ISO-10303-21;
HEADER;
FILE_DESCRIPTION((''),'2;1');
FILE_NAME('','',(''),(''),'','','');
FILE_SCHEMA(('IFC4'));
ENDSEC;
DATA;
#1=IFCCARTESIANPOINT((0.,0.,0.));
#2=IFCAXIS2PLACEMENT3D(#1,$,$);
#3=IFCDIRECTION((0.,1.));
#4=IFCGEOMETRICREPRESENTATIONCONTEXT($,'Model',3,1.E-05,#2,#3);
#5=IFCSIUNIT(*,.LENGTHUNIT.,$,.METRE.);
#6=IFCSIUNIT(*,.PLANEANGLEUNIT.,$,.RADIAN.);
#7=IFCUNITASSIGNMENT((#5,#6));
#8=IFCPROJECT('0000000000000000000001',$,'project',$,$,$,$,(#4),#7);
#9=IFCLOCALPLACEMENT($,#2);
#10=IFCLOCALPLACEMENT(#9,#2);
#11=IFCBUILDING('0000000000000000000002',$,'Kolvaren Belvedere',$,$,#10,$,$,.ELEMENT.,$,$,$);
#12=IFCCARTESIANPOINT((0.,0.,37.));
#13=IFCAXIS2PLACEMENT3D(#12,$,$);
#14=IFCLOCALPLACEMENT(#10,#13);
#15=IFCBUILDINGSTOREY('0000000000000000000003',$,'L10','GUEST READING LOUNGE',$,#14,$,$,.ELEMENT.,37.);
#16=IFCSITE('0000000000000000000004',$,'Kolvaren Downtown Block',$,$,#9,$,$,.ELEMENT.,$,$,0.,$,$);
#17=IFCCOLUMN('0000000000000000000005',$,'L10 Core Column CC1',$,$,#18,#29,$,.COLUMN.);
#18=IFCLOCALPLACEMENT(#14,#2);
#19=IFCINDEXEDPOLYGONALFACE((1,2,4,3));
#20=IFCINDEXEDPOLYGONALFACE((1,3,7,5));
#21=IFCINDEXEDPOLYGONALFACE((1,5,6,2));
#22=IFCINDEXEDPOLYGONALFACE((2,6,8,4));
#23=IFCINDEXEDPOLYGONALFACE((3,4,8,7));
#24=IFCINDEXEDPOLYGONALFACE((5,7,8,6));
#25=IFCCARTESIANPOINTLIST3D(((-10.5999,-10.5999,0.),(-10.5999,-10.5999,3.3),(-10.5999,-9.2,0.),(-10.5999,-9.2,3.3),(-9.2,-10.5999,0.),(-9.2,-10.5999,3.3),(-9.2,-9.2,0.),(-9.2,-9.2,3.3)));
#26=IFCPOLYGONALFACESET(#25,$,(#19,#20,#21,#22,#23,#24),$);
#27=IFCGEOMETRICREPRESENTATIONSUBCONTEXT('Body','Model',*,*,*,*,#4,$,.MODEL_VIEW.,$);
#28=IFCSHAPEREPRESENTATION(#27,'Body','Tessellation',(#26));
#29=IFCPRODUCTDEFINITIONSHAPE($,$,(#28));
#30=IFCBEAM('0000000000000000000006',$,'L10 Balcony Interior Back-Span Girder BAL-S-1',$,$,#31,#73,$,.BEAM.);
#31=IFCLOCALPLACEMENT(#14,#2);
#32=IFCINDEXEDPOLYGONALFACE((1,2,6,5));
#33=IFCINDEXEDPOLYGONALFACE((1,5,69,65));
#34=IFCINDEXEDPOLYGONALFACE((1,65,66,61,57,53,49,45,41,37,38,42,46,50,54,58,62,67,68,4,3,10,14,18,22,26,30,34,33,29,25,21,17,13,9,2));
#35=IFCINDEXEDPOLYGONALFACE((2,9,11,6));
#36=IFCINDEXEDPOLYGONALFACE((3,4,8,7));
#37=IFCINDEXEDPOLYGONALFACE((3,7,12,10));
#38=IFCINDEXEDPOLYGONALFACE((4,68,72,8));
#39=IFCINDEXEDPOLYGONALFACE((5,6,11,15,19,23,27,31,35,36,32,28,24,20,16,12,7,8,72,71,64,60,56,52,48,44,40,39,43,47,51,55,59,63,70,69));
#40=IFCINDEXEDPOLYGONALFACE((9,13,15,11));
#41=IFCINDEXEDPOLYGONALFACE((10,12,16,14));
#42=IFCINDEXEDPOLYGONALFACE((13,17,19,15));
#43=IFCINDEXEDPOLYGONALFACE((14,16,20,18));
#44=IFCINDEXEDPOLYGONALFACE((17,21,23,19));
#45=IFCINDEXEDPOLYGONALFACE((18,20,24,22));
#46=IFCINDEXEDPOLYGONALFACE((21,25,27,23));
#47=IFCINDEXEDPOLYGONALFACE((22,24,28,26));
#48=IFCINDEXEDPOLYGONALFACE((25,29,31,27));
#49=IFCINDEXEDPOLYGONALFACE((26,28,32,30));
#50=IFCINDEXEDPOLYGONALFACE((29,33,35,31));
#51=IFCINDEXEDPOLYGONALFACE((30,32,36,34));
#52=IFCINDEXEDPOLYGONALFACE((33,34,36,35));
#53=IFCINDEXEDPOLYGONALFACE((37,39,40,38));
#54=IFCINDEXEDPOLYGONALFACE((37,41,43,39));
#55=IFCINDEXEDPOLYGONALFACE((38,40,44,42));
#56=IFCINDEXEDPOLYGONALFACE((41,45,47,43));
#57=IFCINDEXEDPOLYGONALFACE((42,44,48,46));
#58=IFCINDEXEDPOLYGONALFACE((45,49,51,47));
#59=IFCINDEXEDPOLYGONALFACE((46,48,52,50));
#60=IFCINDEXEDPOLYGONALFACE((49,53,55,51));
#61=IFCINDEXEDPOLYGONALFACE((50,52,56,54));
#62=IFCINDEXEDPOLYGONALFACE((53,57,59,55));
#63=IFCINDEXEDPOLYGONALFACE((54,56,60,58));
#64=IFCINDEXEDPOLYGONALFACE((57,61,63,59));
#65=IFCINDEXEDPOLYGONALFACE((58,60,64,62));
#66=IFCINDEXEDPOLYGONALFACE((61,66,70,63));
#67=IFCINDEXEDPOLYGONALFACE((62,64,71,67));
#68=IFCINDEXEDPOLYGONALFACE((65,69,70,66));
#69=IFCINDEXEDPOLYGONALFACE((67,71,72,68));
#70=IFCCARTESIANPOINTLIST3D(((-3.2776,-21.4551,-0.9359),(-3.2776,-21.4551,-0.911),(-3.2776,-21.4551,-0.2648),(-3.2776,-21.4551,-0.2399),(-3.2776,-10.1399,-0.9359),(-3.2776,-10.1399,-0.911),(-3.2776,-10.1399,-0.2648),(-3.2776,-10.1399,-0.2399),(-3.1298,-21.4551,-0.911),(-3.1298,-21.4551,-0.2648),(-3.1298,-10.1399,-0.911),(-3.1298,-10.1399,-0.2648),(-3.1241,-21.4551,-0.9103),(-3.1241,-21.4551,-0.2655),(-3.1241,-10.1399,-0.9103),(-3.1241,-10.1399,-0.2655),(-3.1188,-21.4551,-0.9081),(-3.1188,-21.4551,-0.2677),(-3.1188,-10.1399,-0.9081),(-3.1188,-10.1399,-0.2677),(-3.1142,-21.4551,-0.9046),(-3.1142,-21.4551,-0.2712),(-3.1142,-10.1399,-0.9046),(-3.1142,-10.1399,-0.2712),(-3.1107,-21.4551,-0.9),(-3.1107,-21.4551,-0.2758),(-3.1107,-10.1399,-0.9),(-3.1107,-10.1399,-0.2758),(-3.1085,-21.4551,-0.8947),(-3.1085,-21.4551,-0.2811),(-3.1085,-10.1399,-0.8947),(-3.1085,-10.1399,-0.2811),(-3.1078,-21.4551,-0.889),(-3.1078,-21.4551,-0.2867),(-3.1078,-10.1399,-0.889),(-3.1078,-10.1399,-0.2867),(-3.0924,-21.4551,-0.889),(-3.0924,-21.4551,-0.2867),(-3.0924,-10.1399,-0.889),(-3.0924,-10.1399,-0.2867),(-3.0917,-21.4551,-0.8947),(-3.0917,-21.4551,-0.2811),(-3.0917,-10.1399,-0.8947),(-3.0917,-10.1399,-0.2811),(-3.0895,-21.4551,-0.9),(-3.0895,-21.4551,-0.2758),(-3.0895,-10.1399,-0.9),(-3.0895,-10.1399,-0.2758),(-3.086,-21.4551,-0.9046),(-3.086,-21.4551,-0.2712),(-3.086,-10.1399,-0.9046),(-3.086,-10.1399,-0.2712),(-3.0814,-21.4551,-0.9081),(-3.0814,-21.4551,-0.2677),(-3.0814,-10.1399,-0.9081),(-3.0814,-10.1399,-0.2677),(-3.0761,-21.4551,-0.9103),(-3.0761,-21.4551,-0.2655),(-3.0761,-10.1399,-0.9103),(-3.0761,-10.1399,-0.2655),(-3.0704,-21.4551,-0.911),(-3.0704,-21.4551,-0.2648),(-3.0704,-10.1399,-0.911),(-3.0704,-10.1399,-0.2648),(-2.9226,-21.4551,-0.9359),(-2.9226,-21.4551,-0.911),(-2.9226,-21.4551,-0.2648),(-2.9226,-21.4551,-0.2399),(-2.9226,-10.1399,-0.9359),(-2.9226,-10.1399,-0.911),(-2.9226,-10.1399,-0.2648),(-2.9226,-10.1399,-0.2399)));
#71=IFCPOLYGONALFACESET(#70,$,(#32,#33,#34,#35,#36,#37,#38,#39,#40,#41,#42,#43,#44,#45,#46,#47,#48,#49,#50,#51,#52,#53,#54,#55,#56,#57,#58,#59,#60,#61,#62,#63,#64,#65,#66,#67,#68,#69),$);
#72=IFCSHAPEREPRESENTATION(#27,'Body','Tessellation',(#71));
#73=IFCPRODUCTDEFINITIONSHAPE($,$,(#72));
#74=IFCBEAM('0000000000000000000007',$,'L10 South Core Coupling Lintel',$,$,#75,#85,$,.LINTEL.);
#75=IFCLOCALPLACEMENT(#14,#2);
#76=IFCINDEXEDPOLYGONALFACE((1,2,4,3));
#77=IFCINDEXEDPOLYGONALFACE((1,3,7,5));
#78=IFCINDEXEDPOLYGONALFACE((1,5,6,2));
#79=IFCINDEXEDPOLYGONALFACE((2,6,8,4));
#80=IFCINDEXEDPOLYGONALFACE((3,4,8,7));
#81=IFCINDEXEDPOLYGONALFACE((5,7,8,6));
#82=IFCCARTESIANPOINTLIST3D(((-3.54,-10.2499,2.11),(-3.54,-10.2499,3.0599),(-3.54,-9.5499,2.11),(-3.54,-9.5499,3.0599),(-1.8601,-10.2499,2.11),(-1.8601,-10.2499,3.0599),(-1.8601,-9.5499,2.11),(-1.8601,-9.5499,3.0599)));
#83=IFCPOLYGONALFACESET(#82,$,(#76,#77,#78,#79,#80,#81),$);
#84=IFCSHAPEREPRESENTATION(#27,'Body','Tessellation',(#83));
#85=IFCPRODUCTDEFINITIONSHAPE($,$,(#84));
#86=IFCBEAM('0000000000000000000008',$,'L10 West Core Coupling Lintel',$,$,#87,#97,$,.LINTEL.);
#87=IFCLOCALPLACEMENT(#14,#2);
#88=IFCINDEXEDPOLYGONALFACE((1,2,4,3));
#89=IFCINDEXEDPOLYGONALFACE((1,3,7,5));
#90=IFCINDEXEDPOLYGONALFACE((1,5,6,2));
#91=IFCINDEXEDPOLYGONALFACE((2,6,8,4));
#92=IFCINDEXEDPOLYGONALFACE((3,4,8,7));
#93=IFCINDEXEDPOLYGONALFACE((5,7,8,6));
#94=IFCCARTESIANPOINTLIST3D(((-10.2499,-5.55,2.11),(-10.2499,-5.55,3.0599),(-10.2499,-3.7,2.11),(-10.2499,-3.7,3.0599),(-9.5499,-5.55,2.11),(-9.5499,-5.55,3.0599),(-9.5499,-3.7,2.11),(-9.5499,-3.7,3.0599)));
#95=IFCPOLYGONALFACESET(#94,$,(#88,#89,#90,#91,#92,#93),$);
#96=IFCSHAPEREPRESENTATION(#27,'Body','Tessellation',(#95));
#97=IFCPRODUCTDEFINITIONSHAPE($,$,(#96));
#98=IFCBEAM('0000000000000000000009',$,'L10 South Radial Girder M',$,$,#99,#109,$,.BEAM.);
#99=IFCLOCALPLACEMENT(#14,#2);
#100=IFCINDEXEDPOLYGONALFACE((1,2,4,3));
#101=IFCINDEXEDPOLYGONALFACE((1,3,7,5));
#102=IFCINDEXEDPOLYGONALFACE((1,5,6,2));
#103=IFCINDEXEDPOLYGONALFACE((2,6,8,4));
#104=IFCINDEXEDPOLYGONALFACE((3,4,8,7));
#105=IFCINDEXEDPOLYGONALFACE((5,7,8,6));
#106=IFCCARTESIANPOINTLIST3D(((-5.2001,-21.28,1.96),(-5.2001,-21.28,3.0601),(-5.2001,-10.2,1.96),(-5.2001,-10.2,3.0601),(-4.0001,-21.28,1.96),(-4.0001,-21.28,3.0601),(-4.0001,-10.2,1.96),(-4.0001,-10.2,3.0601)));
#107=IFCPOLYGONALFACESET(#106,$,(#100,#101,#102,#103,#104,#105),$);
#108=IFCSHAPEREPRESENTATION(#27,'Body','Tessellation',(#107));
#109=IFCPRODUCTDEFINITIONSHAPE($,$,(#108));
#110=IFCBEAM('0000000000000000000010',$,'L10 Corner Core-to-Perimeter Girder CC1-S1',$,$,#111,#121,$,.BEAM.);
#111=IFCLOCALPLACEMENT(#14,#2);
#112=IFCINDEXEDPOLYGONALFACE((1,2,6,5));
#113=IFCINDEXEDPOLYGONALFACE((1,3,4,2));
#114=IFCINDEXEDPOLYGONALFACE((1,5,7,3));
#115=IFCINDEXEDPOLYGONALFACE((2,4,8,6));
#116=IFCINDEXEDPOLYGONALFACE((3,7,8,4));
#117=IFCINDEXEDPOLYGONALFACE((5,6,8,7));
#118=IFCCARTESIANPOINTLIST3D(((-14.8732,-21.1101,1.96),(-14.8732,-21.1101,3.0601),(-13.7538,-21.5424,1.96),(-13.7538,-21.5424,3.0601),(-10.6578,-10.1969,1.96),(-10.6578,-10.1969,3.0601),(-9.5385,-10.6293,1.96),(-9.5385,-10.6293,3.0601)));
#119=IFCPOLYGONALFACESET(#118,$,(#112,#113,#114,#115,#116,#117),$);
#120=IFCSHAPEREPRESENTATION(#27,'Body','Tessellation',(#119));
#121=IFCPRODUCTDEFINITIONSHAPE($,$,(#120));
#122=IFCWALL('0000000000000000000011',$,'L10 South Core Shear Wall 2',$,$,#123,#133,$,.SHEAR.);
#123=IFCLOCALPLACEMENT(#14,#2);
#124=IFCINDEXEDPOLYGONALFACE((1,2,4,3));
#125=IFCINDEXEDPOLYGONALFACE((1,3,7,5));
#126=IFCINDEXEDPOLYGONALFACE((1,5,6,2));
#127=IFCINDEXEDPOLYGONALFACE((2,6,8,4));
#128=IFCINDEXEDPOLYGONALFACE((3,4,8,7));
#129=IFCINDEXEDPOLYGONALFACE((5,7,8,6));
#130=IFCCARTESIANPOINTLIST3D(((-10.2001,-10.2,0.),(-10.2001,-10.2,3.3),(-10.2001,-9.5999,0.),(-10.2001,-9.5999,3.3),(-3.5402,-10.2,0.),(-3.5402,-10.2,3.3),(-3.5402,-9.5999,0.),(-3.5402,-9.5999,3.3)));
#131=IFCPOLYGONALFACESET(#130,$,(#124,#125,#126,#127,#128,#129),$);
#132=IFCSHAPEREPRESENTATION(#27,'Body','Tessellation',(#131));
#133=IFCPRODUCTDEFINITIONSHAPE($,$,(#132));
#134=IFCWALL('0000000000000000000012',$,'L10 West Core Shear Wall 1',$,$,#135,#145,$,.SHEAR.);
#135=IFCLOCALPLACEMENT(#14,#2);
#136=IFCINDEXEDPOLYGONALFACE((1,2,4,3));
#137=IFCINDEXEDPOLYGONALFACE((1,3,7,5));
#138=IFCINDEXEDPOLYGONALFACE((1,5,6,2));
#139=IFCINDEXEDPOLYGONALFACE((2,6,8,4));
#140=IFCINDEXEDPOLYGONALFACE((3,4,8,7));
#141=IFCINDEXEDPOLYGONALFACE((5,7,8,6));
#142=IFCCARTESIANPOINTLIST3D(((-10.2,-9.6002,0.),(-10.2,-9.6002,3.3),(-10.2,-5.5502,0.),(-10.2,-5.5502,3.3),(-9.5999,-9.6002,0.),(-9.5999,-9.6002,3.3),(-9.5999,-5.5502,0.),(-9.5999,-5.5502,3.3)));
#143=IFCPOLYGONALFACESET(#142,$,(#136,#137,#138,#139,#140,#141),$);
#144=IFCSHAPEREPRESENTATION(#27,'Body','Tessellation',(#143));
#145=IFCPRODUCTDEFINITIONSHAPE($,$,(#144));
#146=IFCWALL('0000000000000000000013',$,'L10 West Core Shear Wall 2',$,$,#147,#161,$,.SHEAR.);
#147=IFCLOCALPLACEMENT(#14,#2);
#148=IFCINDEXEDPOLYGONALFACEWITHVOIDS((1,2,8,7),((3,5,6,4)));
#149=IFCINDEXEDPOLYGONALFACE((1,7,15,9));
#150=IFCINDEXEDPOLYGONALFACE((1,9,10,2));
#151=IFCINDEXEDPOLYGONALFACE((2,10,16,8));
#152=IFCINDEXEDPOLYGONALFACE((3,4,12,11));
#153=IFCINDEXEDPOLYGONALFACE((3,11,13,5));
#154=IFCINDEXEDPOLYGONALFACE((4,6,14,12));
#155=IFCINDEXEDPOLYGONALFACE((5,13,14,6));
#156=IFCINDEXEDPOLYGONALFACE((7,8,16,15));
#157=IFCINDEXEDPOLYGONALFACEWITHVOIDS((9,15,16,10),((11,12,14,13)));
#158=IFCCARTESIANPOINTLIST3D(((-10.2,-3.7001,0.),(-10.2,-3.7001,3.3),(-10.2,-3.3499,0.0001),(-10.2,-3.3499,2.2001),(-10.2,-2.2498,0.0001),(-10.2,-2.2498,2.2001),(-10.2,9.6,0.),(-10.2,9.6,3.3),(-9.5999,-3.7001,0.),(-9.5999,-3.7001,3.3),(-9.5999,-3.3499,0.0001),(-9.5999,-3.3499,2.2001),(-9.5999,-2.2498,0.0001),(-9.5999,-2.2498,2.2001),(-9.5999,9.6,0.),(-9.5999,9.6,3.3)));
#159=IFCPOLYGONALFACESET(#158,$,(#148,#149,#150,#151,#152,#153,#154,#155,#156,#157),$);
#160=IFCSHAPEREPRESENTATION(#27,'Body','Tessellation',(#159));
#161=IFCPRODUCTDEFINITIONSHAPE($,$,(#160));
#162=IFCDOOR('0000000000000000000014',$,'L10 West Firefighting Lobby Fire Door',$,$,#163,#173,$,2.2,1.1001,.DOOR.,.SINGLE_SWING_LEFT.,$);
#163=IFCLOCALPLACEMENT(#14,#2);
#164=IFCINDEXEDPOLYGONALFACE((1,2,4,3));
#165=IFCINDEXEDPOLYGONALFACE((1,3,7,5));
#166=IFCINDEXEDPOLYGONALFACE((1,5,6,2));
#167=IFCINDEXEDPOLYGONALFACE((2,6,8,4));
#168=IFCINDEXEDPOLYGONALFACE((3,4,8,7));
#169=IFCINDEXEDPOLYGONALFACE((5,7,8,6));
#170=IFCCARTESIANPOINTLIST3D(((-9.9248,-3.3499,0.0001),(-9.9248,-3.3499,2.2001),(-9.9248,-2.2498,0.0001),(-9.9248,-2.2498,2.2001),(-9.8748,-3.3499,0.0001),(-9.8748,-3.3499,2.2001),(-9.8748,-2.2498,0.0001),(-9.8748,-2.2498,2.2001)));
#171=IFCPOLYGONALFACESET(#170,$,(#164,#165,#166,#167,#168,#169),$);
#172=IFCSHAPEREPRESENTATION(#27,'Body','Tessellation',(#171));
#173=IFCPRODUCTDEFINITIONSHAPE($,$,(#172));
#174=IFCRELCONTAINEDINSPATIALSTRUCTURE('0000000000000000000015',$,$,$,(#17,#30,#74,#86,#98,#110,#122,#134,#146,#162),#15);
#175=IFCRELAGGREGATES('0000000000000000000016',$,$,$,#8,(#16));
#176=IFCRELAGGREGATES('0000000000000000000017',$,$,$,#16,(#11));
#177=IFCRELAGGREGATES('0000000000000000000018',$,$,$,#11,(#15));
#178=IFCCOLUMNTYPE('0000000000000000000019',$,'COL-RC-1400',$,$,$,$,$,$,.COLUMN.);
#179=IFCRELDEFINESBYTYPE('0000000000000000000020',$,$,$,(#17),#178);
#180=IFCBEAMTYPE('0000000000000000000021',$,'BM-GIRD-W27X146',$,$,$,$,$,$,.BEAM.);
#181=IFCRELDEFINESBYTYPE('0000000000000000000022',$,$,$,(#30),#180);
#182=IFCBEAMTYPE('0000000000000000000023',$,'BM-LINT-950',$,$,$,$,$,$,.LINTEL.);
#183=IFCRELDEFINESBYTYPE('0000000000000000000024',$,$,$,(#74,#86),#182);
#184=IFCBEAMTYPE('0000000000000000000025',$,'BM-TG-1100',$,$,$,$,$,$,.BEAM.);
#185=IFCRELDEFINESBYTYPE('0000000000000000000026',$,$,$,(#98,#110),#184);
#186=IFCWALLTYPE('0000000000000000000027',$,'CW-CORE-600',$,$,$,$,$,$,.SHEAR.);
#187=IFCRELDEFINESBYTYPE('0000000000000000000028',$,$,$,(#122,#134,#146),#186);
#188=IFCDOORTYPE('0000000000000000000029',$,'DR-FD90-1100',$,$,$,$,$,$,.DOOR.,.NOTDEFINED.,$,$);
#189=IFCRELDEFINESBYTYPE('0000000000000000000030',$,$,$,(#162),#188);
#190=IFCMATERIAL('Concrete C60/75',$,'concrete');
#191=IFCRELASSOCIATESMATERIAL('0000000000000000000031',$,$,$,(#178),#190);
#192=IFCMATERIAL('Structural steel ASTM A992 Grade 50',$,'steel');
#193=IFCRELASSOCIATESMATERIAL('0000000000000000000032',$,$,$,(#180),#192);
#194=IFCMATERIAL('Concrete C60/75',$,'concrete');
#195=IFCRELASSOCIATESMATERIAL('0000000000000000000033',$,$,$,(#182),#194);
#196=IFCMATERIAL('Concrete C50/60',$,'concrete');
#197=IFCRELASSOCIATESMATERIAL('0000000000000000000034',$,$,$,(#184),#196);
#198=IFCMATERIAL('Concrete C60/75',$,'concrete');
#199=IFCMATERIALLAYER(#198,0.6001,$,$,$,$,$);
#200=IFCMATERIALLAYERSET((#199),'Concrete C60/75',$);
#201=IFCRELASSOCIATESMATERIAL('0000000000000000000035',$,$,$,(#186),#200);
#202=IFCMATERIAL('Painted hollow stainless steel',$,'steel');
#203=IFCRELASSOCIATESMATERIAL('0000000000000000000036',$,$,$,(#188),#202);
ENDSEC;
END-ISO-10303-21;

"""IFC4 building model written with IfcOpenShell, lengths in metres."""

from ifc_helpers import new_model, si_unit, direction, frame, frame_2d, origin, origin_2d, place, context, subcontext, project, spatial, rectangle, i_section, extrude, material, layer, layer_set, material_profile, profile_set, type_object, element, fill, save


model = new_model("IFC4")

# Units and contexts
model_context = context("Model", 3, precision=1e-05, world=origin(), true_north=direction((0.0, 1.0)))
body_context = subcontext(model_context, "Body", "Model", "MODEL_VIEW")
ifc_project = project(units=[si_unit("LENGTHUNIT", "METRE"), si_unit("PLANEANGLEUNIT", "RADIAN")], contexts=[model_context])

# Site, building, storey
site_placement = place(None, origin())
site = spatial("IfcSite", under=ifc_project, at=site_placement, Name="Kolvaren Downtown Block", CompositionType="ELEMENT", RefElevation=0.0)
building_placement = place(site_placement, origin())
building = spatial("IfcBuilding", under=site, at=building_placement, Name="Kolvaren Belvedere", CompositionType="ELEMENT")
storey_placement = place(building_placement, frame((0.0, 0.0, 37.0)))
storey = spatial("IfcBuildingStorey", under=building, at=storey_placement, Name="L10", Description="GUEST READING LOUNGE", CompositionType="ELEMENT", Elevation=37.0)

# Column
ifc_material_1 = material(Name="Concrete C60/75", Category="concrete")
ifc_material_profile_1 = material_profile(ifc_material_1, rectangle(XDim=1.3999, YDim=1.3999, at=origin_2d()), Name="RC 1400X1400")
ifc_profile_set_1 = profile_set([ifc_material_profile_1], Name="Concrete C60/75")
column_type = type_object("IfcColumnType", Name="COL-RC-1400", PredefinedType="COLUMN", material=ifc_profile_set_1)
column_placement = place(storey_placement, frame((-9.8999, -9.8999, 0.0), z_axis=(0.0, 0.0, 1.0), x_axis=(1.0, 0.0, 0.0)))
element("IfcColumn", 1, at=column_placement, inside=storey, type_object=column_type, Name="L10 Core Column CC1", PredefinedType="COLUMN", context=body_context, shape_type="SweptSolid", body=[
    extrude(rectangle(XDim=1.3999, YDim=1.3999, at=origin_2d()), origin(), (0.0, 0.0, 1.0), 3.3),
])

# Beams
ifc_material_2 = material(Name="Structural steel ASTM A992 Grade 50", Category="steel")
ifc_material_profile_2 = material_profile(ifc_material_2, i_section(OverallWidth=0.355, OverallDepth=0.696, WebThickness=0.0154, FlangeThickness=0.0249, FilletRadius=0.022, at=origin_2d()), Name="W27X146")
ifc_profile_set_2 = profile_set([ifc_material_profile_2], Name="Structural steel ASTM A992 Grade 50")
beam_type_1 = type_object("IfcBeamType", Name="BM-GIRD-W27X146", PredefinedType="BEAM", material=ifc_profile_set_2)
beam_1_placement = place(storey_placement, frame((-3.1001, -10.1399, -0.5879), z_axis=(0.0, -1.0, 0.0), x_axis=(1.0, 0.0, 0.0)))
element("IfcBeam", 2, at=beam_1_placement, inside=storey, type_object=beam_type_1, Name="L10 Balcony Interior Back-Span Girder BAL-S-1", PredefinedType="BEAM", context=body_context, shape_type="SweptSolid", body=[
    extrude(i_section(OverallWidth=0.355, OverallDepth=0.696, WebThickness=0.0154, FlangeThickness=0.0249, FilletRadius=0.022, at=origin_2d()), origin(), (0.0, 0.0, 1.0), 11.3152),
])
ifc_material_3 = material(Name="Concrete C60/75", Category="concrete")
ifc_material_profile_3 = material_profile(ifc_material_3, rectangle(XDim=0.7, YDim=0.95, at=origin_2d()), Name="RC 700X950")
ifc_profile_set_3 = profile_set([ifc_material_profile_3], Name="Concrete C60/75")
beam_type_2 = type_object("IfcBeamType", Name="BM-LINT-950", PredefinedType="LINTEL", material=ifc_profile_set_3)
beam_2_placement = place(storey_placement, frame((-3.54, -9.8999, 2.585), z_axis=(1.0, 0.0, 0.0), x_axis=(0.0, 1.0, 0.0)))
element("IfcBeam", 3, at=beam_2_placement, inside=storey, type_object=beam_type_2, Name="L10 South Core Coupling Lintel", PredefinedType="LINTEL", context=body_context, shape_type="SweptSolid", body=[
    extrude(rectangle(XDim=0.7, YDim=0.95, at=origin_2d()), origin(), (0.0, 0.0, 1.0), 1.6799),
])
beam_3_placement = place(storey_placement, frame((-9.8999, -5.55, 2.585), z_axis=(0.0, 1.0, 0.0), x_axis=(-1.0, 0.0, 0.0)))
element("IfcBeam", 4, at=beam_3_placement, inside=storey, type_object=beam_type_2, Name="L10 West Core Coupling Lintel", PredefinedType="LINTEL", context=body_context, shape_type="SweptSolid", body=[
    extrude(rectangle(XDim=0.7, YDim=0.95, at=origin_2d()), origin(), (0.0, 0.0, 1.0), 1.8501),
])
ifc_material_4 = material(Name="Concrete C50/60", Category="concrete")
ifc_material_profile_4 = material_profile(ifc_material_4, rectangle(XDim=1.2, YDim=1.1001, at=origin_2d()), Name="RC 1200X1100")
ifc_profile_set_4 = profile_set([ifc_material_profile_4], Name="Concrete C50/60")
beam_type_3 = type_object("IfcBeamType", Name="BM-TG-1100", PredefinedType="BEAM", material=ifc_profile_set_4)
beam_4_placement = place(storey_placement, frame((-4.6001, -10.2, 2.51), z_axis=(0.0, -1.0, 0.0), x_axis=(1.0, 0.0, 0.0)))
element("IfcBeam", 5, at=beam_4_placement, inside=storey, type_object=beam_type_3, Name="L10 South Radial Girder M", PredefinedType="BEAM", context=body_context, shape_type="SweptSolid", body=[
    extrude(rectangle(XDim=1.2, YDim=1.1001, at=origin_2d()), origin(), (0.0, 0.0, 1.0), 11.0801),
])
beam_5_placement = place(storey_placement, frame((-10.0981, -10.4131, 2.51), z_axis=(-0.360318, -0.932829, 0.0), x_axis=(0.932829, -0.360318, 0.0)))
element("IfcBeam", 6, at=beam_5_placement, inside=storey, type_object=beam_type_3, Name="L10 Corner Core-to-Perimeter Girder CC1-S1", PredefinedType="BEAM", context=body_context, shape_type="SweptSolid", body=[
    extrude(rectangle(XDim=1.2, YDim=1.1001, at=origin_2d()), origin(), (0.0, 0.0, 1.0), 11.699),
])

# Walls
ifc_material_5 = material(Name="Concrete C60/75", Category="concrete")
ifc_layer_1 = layer(ifc_material_5, 0.6001)
ifc_layer_set_1 = layer_set([ifc_layer_1], Name="Concrete C60/75")
wall_type_1 = type_object("IfcWallType", Name="CW-CORE-600", PredefinedType="SHEAR", material=ifc_layer_set_1)
wall_1_placement = place(storey_placement, frame((-3.54, -9.8999, 0.0), z_axis=(0.0, 0.0, 1.0), x_axis=(-1.0, 0.0, 0.0)))
element("IfcWall", 7, at=wall_1_placement, inside=storey, type_object=wall_type_1, Name="L10 South Core Shear Wall 2", PredefinedType="SHEAR", context=body_context, shape_type="SweptSolid", body=[
    extrude(rectangle(XDim=6.6599, YDim=0.6001, at=frame_2d((3.3301, 0.0))), origin(), (0.0, 0.0, 1.0), 3.3),
])
wall_2_placement = place(storey_placement, frame((-9.8999, -9.6001, 0.0), z_axis=(0.0, 0.0, 1.0), x_axis=(0.0, 1.0, 0.0)))
element("IfcWall", 8, at=wall_2_placement, inside=storey, type_object=wall_type_1, Name="L10 West Core Shear Wall 1", PredefinedType="SHEAR", context=body_context, shape_type="SweptSolid", body=[
    extrude(rectangle(XDim=4.05, YDim=0.6001, at=frame_2d((2.0249, 0.0))), origin(), (0.0, 0.0, 1.0), 3.3),
])

# Wall, opening, door
wall_3_placement = place(storey_placement, frame((-9.8999, -3.7, 0.0), z_axis=(0.0, 0.0, 1.0), x_axis=(0.0, 1.0, 0.0)))
wall_3 = element("IfcWall", 9, at=wall_3_placement, inside=storey, type_object=wall_type_1, Name="L10 West Core Shear Wall 2", PredefinedType="SHEAR", context=body_context, shape_type="SweptSolid", body=[
    extrude(rectangle(XDim=13.3, YDim=0.6001, at=frame_2d((6.6499, 0.0))), origin(), (0.0, 0.0, 1.0), 3.3),
])
opening_1_placement = place(wall_3_placement, frame((0.3501, 0.0, 0.0)))
opening_1 = element("IfcOpeningElement", 10, at=opening_1_placement, cuts=wall_3, PredefinedType="OPENING", context=body_context, shape_type="SweptSolid", body=[
    extrude(rectangle(XDim=1.1001, YDim=2.2, at=frame_2d((0.55, 1.1001))), frame((0.0, 0.3101, 0.0), z_axis=(0.0, -1.0, 0.0), x_axis=(1.0, 0.0, 0.0)), (0.0, 0.0, 1.0), 0.6201),
])
ifc_material_6 = material(Name="Painted hollow stainless steel", Category="steel")
door_type_1 = type_object("IfcDoorType", Name="DR-FD90-1100", OperationType="NOTDEFINED", PredefinedType="DOOR", material=ifc_material_6)
door_1_placement = place(opening_1_placement, origin())
door_1 = element("IfcDoor", 11, at=door_1_placement, inside=storey, type_object=door_type_1, Name="L10 West Firefighting Lobby Fire Door", OperationType="SINGLE_SWING_LEFT", OverallHeight=2.2, OverallWidth=1.1001, PredefinedType="DOOR", context=body_context, shape_type="SweptSolid", body=[
    extrude(rectangle(XDim=1.1001, YDim=2.2, at=frame_2d((0.55, 1.1001))), frame((0.0, 0.0249, 0.0), z_axis=(0.0, -1.0, 0.0), x_axis=(1.0, 0.0, 0.0)), (0.0, 0.0, 1.0), 0.05),
])
fill(opening_1, door_1)

save(model, "model.ifc")
